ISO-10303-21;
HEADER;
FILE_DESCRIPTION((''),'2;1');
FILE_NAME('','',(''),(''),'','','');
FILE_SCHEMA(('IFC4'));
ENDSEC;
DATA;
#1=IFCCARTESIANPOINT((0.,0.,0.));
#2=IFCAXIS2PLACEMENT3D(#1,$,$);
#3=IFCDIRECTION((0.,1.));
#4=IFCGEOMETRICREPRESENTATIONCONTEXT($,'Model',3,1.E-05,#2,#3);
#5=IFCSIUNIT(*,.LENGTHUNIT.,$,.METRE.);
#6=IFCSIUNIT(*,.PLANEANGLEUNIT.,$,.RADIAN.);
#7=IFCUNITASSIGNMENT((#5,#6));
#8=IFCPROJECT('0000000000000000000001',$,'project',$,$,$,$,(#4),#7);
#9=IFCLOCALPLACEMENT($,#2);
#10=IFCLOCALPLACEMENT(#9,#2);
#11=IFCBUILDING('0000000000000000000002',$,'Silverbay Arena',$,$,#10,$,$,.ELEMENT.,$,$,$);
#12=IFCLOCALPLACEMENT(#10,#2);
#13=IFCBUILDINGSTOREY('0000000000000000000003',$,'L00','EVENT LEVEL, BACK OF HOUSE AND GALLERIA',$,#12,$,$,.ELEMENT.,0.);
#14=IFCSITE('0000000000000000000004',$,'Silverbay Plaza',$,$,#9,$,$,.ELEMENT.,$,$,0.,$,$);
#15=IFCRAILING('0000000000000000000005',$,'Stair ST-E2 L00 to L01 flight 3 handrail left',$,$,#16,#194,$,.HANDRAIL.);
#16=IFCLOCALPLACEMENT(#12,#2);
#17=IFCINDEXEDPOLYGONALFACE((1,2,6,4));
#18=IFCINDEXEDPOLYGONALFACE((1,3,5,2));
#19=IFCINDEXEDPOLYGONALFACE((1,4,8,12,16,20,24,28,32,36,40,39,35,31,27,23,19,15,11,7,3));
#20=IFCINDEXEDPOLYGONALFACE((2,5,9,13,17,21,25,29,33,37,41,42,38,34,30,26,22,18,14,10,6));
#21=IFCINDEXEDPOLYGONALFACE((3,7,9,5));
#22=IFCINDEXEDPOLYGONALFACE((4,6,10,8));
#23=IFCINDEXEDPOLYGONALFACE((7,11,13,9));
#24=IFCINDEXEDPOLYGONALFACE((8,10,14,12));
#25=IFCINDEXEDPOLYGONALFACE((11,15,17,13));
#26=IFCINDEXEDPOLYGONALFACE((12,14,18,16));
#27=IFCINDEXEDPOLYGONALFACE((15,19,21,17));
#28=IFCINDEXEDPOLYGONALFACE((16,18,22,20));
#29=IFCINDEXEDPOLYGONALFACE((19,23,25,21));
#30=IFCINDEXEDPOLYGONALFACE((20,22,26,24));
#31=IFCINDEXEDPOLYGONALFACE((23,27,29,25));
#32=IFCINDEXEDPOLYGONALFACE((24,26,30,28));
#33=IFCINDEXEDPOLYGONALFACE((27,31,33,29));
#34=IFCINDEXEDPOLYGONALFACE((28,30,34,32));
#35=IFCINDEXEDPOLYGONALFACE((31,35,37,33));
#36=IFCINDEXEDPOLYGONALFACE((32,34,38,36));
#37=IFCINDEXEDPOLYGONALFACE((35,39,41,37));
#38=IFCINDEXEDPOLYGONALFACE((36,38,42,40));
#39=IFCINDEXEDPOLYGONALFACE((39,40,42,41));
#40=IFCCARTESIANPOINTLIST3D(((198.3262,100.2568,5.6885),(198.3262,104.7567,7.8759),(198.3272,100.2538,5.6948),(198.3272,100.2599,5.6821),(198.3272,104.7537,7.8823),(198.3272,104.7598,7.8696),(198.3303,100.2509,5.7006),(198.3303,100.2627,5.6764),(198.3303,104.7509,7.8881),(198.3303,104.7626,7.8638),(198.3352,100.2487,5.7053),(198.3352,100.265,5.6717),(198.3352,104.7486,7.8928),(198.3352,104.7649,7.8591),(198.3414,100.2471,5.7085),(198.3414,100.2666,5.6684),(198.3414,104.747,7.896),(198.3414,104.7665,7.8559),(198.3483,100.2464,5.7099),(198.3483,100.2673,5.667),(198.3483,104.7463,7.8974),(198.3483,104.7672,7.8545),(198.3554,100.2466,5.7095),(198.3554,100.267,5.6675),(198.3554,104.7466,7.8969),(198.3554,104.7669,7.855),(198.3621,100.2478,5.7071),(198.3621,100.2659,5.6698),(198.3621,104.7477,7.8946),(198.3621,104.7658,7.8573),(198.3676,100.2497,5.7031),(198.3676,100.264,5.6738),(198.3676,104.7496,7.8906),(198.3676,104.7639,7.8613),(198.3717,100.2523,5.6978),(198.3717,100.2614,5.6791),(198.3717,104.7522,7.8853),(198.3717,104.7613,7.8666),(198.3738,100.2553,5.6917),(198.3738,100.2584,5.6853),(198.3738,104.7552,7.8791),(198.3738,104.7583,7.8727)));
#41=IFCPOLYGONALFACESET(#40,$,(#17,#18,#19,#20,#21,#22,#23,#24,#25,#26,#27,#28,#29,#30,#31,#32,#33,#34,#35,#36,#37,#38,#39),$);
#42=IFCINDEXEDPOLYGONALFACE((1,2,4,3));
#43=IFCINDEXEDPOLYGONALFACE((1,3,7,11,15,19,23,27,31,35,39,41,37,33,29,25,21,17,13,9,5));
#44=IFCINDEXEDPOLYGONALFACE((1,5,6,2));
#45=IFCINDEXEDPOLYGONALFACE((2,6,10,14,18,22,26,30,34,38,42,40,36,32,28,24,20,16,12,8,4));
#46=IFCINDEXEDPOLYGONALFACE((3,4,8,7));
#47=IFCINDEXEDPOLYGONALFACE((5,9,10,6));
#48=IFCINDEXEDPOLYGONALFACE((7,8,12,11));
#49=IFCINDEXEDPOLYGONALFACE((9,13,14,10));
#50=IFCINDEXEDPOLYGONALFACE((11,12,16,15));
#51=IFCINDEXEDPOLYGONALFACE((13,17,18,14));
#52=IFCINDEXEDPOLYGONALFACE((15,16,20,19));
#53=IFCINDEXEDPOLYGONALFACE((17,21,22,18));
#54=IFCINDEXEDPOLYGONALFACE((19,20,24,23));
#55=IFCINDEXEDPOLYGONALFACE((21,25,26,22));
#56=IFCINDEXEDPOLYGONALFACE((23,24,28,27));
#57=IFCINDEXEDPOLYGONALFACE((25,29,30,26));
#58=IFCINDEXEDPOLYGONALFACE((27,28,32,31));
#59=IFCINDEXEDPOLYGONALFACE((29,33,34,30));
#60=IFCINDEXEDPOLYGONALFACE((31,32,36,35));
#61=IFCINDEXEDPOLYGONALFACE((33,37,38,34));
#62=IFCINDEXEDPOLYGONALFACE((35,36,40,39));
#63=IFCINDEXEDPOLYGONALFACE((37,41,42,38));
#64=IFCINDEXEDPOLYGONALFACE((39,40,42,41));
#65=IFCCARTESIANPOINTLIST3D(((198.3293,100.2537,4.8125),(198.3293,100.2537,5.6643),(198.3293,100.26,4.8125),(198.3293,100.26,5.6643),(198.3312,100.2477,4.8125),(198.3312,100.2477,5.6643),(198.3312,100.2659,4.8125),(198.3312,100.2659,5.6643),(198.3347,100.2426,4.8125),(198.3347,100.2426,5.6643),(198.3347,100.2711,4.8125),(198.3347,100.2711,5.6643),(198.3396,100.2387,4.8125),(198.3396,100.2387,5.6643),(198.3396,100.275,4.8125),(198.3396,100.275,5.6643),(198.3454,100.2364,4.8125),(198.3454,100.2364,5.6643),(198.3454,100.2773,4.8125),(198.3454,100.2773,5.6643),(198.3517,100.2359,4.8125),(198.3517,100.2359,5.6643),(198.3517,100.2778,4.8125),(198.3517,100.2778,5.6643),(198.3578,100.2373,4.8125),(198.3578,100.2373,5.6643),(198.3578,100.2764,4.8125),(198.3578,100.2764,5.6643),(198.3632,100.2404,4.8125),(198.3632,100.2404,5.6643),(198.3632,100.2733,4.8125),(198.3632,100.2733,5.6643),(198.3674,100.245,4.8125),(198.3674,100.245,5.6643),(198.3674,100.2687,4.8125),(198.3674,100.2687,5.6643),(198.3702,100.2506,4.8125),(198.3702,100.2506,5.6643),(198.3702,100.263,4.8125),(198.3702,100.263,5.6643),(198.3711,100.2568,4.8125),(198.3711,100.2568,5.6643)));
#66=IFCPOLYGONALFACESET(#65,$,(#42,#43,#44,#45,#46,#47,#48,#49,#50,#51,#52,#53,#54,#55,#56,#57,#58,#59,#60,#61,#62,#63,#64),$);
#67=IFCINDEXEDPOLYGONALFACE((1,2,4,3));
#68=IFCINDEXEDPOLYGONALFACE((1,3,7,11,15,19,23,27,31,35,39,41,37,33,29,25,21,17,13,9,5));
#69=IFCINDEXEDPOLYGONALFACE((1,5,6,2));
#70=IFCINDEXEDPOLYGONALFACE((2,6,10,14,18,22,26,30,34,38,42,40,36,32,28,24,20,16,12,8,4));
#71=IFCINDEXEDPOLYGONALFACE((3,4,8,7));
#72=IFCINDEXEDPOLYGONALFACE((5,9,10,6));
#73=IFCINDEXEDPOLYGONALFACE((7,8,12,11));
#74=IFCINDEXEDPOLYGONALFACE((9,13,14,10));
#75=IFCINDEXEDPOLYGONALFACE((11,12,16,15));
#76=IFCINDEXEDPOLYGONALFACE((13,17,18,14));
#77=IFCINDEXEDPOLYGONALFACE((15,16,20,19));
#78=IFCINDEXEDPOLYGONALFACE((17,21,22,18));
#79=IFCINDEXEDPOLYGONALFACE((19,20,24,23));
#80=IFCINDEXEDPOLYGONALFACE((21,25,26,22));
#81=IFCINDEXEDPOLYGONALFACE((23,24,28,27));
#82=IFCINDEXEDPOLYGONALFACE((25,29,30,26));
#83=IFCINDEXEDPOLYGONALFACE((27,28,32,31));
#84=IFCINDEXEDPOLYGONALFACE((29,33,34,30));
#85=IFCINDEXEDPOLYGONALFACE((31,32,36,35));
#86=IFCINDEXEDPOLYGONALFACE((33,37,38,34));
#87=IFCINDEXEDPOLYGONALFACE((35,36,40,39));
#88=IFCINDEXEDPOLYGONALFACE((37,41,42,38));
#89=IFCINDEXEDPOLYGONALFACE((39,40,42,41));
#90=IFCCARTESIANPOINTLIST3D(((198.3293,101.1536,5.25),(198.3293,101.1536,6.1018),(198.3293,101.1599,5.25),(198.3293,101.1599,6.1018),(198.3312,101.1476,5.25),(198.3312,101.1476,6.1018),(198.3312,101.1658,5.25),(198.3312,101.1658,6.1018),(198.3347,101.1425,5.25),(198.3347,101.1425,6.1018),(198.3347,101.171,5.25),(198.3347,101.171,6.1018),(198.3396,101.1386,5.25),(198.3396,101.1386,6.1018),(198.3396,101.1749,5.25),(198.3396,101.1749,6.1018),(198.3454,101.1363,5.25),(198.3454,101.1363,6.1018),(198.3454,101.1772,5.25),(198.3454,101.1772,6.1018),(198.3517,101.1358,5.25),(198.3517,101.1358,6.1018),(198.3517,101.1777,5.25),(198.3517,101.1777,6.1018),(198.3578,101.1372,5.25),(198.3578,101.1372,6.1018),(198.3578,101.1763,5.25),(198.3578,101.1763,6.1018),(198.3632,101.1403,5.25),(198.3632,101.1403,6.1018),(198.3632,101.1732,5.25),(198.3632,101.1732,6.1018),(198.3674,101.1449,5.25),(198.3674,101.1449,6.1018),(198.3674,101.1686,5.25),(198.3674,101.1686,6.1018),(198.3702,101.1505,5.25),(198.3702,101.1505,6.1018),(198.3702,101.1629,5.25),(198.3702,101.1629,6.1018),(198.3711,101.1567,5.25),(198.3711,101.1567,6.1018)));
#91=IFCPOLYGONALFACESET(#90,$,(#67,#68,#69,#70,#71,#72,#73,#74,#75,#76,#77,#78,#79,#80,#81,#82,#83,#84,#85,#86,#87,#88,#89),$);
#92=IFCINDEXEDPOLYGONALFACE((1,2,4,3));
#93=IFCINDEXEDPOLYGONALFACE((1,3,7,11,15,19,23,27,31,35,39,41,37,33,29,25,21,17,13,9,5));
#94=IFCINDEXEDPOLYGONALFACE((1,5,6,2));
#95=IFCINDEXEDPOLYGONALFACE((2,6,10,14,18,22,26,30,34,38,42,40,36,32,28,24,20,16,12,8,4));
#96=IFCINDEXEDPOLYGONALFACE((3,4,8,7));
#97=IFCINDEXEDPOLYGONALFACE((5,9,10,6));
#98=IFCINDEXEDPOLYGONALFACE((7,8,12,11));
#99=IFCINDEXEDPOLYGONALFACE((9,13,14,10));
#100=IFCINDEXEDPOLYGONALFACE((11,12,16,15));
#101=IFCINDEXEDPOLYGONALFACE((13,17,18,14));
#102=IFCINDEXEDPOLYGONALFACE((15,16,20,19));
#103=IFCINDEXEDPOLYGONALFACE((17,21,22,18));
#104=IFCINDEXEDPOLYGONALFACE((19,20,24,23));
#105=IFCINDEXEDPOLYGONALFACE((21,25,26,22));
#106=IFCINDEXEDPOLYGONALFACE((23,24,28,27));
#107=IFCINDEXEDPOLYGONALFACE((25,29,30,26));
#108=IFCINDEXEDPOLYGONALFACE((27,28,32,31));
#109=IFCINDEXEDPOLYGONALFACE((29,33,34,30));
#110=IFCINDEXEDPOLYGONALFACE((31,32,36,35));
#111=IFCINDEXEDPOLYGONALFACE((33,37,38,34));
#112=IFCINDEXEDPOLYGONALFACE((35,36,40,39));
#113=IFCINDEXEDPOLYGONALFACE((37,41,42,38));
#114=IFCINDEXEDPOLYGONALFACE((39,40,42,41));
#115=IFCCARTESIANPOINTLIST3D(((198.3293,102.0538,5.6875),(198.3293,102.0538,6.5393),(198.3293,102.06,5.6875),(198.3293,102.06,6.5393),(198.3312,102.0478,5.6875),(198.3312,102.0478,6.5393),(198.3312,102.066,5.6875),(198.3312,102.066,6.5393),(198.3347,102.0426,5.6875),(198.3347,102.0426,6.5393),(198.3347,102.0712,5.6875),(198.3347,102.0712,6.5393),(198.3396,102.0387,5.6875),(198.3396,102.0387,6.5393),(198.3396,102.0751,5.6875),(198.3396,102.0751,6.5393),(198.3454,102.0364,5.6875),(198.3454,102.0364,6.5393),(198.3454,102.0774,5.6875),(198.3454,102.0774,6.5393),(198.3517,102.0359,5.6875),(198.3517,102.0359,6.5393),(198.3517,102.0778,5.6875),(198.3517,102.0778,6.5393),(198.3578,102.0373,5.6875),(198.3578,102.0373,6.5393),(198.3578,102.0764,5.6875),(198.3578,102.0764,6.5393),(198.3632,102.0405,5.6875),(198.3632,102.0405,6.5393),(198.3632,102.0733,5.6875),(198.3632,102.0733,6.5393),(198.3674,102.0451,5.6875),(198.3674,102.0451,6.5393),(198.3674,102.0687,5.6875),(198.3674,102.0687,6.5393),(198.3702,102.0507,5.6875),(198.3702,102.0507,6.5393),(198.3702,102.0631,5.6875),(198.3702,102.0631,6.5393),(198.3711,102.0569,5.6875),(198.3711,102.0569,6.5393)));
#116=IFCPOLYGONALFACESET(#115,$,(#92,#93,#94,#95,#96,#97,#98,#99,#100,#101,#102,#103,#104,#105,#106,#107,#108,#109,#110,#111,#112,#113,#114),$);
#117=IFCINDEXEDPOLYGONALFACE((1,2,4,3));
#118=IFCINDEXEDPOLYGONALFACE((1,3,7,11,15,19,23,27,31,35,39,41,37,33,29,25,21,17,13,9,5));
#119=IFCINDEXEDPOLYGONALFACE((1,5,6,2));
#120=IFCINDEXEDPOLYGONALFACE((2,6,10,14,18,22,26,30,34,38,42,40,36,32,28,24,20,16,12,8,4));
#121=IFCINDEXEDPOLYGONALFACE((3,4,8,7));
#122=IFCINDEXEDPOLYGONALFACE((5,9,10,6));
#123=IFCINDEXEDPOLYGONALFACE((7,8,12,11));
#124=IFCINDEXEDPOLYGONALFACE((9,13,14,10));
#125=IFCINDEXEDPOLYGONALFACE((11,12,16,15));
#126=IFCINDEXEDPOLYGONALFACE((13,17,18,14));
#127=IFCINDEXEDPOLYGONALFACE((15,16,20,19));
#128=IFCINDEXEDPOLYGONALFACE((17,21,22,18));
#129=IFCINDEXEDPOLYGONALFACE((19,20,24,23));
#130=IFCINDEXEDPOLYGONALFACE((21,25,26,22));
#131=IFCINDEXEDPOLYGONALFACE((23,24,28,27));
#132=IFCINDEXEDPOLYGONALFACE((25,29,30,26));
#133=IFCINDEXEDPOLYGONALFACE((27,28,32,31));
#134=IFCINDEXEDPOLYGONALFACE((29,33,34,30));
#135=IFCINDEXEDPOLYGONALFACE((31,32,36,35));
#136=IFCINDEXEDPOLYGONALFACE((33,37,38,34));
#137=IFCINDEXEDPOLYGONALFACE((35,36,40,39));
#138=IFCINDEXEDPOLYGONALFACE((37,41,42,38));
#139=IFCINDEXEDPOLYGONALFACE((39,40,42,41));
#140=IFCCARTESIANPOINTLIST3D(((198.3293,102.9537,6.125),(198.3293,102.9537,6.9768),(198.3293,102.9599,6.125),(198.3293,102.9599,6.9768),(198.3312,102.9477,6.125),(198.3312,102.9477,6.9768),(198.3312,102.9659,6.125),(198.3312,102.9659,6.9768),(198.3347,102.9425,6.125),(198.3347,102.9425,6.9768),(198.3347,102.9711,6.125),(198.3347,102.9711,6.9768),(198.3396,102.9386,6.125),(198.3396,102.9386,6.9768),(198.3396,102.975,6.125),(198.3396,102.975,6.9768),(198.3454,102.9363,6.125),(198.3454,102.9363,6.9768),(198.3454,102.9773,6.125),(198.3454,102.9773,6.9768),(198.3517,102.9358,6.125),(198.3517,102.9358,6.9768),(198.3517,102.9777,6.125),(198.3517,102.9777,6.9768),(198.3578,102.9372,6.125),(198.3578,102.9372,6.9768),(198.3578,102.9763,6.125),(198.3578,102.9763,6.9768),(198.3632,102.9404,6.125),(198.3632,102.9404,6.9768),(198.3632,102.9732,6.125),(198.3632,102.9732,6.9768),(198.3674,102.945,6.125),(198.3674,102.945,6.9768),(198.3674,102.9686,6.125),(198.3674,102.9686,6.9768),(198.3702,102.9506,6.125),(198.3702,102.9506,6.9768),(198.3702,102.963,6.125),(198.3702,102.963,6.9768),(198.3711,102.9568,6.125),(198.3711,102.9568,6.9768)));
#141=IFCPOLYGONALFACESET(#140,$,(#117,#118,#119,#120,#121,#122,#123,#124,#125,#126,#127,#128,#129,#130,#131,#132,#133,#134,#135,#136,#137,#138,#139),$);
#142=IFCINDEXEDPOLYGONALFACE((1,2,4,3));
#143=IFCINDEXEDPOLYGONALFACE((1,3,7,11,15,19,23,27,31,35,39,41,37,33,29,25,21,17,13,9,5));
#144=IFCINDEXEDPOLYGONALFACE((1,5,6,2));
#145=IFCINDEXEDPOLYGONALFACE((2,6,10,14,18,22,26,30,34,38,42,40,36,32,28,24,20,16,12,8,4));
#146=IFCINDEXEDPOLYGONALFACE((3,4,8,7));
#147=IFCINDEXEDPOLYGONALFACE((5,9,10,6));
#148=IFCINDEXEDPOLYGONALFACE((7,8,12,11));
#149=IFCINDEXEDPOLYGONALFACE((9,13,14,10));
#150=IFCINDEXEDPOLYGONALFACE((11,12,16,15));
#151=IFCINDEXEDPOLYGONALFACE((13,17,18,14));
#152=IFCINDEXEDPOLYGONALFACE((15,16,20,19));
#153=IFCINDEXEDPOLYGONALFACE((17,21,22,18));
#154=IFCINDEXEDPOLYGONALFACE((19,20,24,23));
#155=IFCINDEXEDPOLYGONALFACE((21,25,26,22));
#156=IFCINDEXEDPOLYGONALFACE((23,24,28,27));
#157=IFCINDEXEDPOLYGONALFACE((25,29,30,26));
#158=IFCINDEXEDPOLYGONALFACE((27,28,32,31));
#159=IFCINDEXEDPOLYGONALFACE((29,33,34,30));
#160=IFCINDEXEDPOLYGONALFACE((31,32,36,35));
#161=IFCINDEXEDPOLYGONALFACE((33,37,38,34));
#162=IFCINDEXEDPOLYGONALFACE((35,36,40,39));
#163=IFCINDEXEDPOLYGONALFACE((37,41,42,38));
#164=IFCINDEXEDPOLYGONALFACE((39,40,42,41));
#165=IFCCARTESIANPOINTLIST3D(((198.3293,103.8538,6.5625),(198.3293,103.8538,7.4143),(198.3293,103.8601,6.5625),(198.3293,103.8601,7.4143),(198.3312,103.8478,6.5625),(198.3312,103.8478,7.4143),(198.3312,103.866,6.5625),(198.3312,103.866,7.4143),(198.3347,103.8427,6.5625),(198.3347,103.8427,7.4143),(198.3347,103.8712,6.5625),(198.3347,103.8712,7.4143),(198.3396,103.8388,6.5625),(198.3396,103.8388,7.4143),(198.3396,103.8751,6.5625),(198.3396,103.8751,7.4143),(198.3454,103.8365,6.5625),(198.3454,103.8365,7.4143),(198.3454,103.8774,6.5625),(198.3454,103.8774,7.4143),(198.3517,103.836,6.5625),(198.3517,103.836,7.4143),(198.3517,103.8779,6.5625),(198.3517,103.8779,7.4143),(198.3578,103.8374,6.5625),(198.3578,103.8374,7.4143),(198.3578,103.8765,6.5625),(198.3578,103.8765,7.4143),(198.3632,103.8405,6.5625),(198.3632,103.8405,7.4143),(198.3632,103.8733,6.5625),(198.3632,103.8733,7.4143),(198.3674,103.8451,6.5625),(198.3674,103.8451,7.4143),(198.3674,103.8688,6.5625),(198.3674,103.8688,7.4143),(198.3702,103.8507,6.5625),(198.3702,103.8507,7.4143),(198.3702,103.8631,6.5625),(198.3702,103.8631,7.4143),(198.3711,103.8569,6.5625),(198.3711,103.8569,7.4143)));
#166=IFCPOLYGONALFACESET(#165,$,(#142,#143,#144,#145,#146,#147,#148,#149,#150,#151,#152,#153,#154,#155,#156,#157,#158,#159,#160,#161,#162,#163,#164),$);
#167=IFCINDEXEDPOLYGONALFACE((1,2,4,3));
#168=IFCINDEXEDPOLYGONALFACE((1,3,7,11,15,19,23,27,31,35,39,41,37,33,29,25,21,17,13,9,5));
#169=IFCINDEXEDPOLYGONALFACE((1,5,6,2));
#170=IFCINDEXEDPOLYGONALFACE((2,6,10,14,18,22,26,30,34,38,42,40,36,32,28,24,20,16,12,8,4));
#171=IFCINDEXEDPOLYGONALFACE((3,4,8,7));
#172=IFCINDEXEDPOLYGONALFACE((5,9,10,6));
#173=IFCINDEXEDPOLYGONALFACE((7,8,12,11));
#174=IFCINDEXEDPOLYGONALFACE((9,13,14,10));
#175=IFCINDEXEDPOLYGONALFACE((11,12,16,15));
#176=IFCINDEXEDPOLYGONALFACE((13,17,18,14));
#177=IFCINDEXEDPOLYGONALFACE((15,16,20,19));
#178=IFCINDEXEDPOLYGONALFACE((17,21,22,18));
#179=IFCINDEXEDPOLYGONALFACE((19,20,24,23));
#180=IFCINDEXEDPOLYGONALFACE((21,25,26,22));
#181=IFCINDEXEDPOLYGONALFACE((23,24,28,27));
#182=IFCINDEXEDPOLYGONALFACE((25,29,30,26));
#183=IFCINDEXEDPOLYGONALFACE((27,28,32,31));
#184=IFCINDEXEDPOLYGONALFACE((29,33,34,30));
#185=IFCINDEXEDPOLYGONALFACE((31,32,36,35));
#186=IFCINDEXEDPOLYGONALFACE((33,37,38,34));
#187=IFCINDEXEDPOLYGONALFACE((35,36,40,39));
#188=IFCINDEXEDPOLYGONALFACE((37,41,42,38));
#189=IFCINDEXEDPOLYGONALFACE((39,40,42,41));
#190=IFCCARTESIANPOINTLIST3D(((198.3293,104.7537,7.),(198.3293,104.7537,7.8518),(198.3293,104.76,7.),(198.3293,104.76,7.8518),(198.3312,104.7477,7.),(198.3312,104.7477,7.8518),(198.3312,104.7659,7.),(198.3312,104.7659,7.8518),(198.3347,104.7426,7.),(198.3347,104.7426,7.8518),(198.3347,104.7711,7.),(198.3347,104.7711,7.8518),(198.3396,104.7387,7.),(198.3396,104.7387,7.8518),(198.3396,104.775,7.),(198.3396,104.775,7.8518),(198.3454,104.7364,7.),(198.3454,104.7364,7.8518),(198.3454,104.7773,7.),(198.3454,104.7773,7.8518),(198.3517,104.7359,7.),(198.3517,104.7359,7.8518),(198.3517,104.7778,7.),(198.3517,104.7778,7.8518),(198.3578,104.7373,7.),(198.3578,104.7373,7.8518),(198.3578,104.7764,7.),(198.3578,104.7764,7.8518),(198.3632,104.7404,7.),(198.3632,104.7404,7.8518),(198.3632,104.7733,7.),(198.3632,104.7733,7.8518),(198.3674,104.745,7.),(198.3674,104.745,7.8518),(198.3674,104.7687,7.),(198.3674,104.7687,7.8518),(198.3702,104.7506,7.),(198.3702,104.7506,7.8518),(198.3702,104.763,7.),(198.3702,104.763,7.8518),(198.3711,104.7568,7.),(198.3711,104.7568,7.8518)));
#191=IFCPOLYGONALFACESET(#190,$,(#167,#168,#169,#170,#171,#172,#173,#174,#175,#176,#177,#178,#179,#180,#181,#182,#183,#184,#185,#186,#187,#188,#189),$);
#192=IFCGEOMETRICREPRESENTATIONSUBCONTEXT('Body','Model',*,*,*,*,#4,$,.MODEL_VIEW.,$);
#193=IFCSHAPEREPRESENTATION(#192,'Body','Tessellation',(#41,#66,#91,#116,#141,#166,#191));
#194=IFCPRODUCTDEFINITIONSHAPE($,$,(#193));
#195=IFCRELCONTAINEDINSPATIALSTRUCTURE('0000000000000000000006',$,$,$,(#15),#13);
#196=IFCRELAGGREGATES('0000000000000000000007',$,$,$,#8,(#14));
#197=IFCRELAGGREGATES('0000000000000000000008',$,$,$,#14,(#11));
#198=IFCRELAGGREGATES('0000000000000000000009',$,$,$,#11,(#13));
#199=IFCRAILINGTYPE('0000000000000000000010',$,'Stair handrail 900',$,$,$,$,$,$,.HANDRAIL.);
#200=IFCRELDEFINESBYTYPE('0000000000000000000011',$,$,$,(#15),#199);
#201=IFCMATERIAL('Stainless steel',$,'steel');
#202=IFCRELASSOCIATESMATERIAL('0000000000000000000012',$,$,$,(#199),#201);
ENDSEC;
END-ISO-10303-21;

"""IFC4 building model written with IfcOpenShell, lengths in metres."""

from ifc_helpers import new_model, si_unit, direction, frame, origin, origin_2d, place, context, subcontext, project, spatial, circle, extrude, material, type_object, element, save


model = new_model("IFC4")

# Units and contexts
model_context = context("Model", 3, precision=1e-05, world=origin(), true_north=direction((0.0, 1.0)))
body_context = subcontext(model_context, "Body", "Model", "MODEL_VIEW")
ifc_project = project(units=[si_unit("LENGTHUNIT", "METRE"), si_unit("PLANEANGLEUNIT", "RADIAN")], contexts=[model_context])

# Site, building, storey
site_placement = place(None, origin())
site = spatial("IfcSite", under=ifc_project, at=site_placement, Name="Silverbay Plaza", CompositionType="ELEMENT", RefElevation=0.0)
building_placement = place(site_placement, origin())
building = spatial("IfcBuilding", under=site, at=building_placement, Name="Silverbay Arena", CompositionType="ELEMENT")
storey_placement = place(building_placement, origin())
storey = spatial("IfcBuildingStorey", under=building, at=storey_placement, Name="L00", Description="EVENT LEVEL, BACK OF HOUSE AND GALLERIA", CompositionType="ELEMENT", Elevation=0.0)

# Railing
ifc_material_1 = material(Name="Stainless steel", Category="steel")
railing_type = type_object("IfcRailingType", Name="Stair handrail 900", PredefinedType="HANDRAIL", material=ifc_material_1)
for number, where, name in (
    (1, (198.3501, 100.2568, 4.8125), "Stair ST-E2 L00 to L01 flight 3 handrail left"),
):
    element("IfcRailing", number, at=place(storey_placement, frame(where)), inside=storey, type_object=railing_type, Name=name, PredefinedType="HANDRAIL", context=body_context, shape_type="SweptSolid", body=[
        extrude(circle(Radius=0.0239, at=origin_2d()), frame((0.0, 0.0, 0.876), z_axis=(0.0, 0.899368, 0.437193), x_axis=(-1.0, 0.0, 0.0)), (0.0, 0.0, 1.0), 5.0034),
        extrude(circle(Radius=0.021, at=origin_2d()), origin(), (0.0, 0.0, 1.0), 0.8518),
        extrude(circle(Radius=0.021, at=origin_2d()), frame((0.0, 0.8999, 0.4375)), (0.0, 0.0, 1.0), 0.8518),
        extrude(circle(Radius=0.021, at=origin_2d()), frame((0.0, 1.8, 0.875)), (0.0, 0.0, 1.0), 0.8518),
        extrude(circle(Radius=0.021, at=origin_2d()), frame((0.0, 2.7, 1.3125)), (0.0, 0.0, 1.0), 0.8518),
        extrude(circle(Radius=0.021, at=origin_2d()), frame((0.0, 3.6001, 1.75)), (0.0, 0.0, 1.0), 0.8518),
        extrude(circle(Radius=0.021, at=origin_2d()), frame((0.0, 4.5, 2.1875)), (0.0, 0.0, 1.0), 0.8518),
    ])

save(model, "model.ifc")
